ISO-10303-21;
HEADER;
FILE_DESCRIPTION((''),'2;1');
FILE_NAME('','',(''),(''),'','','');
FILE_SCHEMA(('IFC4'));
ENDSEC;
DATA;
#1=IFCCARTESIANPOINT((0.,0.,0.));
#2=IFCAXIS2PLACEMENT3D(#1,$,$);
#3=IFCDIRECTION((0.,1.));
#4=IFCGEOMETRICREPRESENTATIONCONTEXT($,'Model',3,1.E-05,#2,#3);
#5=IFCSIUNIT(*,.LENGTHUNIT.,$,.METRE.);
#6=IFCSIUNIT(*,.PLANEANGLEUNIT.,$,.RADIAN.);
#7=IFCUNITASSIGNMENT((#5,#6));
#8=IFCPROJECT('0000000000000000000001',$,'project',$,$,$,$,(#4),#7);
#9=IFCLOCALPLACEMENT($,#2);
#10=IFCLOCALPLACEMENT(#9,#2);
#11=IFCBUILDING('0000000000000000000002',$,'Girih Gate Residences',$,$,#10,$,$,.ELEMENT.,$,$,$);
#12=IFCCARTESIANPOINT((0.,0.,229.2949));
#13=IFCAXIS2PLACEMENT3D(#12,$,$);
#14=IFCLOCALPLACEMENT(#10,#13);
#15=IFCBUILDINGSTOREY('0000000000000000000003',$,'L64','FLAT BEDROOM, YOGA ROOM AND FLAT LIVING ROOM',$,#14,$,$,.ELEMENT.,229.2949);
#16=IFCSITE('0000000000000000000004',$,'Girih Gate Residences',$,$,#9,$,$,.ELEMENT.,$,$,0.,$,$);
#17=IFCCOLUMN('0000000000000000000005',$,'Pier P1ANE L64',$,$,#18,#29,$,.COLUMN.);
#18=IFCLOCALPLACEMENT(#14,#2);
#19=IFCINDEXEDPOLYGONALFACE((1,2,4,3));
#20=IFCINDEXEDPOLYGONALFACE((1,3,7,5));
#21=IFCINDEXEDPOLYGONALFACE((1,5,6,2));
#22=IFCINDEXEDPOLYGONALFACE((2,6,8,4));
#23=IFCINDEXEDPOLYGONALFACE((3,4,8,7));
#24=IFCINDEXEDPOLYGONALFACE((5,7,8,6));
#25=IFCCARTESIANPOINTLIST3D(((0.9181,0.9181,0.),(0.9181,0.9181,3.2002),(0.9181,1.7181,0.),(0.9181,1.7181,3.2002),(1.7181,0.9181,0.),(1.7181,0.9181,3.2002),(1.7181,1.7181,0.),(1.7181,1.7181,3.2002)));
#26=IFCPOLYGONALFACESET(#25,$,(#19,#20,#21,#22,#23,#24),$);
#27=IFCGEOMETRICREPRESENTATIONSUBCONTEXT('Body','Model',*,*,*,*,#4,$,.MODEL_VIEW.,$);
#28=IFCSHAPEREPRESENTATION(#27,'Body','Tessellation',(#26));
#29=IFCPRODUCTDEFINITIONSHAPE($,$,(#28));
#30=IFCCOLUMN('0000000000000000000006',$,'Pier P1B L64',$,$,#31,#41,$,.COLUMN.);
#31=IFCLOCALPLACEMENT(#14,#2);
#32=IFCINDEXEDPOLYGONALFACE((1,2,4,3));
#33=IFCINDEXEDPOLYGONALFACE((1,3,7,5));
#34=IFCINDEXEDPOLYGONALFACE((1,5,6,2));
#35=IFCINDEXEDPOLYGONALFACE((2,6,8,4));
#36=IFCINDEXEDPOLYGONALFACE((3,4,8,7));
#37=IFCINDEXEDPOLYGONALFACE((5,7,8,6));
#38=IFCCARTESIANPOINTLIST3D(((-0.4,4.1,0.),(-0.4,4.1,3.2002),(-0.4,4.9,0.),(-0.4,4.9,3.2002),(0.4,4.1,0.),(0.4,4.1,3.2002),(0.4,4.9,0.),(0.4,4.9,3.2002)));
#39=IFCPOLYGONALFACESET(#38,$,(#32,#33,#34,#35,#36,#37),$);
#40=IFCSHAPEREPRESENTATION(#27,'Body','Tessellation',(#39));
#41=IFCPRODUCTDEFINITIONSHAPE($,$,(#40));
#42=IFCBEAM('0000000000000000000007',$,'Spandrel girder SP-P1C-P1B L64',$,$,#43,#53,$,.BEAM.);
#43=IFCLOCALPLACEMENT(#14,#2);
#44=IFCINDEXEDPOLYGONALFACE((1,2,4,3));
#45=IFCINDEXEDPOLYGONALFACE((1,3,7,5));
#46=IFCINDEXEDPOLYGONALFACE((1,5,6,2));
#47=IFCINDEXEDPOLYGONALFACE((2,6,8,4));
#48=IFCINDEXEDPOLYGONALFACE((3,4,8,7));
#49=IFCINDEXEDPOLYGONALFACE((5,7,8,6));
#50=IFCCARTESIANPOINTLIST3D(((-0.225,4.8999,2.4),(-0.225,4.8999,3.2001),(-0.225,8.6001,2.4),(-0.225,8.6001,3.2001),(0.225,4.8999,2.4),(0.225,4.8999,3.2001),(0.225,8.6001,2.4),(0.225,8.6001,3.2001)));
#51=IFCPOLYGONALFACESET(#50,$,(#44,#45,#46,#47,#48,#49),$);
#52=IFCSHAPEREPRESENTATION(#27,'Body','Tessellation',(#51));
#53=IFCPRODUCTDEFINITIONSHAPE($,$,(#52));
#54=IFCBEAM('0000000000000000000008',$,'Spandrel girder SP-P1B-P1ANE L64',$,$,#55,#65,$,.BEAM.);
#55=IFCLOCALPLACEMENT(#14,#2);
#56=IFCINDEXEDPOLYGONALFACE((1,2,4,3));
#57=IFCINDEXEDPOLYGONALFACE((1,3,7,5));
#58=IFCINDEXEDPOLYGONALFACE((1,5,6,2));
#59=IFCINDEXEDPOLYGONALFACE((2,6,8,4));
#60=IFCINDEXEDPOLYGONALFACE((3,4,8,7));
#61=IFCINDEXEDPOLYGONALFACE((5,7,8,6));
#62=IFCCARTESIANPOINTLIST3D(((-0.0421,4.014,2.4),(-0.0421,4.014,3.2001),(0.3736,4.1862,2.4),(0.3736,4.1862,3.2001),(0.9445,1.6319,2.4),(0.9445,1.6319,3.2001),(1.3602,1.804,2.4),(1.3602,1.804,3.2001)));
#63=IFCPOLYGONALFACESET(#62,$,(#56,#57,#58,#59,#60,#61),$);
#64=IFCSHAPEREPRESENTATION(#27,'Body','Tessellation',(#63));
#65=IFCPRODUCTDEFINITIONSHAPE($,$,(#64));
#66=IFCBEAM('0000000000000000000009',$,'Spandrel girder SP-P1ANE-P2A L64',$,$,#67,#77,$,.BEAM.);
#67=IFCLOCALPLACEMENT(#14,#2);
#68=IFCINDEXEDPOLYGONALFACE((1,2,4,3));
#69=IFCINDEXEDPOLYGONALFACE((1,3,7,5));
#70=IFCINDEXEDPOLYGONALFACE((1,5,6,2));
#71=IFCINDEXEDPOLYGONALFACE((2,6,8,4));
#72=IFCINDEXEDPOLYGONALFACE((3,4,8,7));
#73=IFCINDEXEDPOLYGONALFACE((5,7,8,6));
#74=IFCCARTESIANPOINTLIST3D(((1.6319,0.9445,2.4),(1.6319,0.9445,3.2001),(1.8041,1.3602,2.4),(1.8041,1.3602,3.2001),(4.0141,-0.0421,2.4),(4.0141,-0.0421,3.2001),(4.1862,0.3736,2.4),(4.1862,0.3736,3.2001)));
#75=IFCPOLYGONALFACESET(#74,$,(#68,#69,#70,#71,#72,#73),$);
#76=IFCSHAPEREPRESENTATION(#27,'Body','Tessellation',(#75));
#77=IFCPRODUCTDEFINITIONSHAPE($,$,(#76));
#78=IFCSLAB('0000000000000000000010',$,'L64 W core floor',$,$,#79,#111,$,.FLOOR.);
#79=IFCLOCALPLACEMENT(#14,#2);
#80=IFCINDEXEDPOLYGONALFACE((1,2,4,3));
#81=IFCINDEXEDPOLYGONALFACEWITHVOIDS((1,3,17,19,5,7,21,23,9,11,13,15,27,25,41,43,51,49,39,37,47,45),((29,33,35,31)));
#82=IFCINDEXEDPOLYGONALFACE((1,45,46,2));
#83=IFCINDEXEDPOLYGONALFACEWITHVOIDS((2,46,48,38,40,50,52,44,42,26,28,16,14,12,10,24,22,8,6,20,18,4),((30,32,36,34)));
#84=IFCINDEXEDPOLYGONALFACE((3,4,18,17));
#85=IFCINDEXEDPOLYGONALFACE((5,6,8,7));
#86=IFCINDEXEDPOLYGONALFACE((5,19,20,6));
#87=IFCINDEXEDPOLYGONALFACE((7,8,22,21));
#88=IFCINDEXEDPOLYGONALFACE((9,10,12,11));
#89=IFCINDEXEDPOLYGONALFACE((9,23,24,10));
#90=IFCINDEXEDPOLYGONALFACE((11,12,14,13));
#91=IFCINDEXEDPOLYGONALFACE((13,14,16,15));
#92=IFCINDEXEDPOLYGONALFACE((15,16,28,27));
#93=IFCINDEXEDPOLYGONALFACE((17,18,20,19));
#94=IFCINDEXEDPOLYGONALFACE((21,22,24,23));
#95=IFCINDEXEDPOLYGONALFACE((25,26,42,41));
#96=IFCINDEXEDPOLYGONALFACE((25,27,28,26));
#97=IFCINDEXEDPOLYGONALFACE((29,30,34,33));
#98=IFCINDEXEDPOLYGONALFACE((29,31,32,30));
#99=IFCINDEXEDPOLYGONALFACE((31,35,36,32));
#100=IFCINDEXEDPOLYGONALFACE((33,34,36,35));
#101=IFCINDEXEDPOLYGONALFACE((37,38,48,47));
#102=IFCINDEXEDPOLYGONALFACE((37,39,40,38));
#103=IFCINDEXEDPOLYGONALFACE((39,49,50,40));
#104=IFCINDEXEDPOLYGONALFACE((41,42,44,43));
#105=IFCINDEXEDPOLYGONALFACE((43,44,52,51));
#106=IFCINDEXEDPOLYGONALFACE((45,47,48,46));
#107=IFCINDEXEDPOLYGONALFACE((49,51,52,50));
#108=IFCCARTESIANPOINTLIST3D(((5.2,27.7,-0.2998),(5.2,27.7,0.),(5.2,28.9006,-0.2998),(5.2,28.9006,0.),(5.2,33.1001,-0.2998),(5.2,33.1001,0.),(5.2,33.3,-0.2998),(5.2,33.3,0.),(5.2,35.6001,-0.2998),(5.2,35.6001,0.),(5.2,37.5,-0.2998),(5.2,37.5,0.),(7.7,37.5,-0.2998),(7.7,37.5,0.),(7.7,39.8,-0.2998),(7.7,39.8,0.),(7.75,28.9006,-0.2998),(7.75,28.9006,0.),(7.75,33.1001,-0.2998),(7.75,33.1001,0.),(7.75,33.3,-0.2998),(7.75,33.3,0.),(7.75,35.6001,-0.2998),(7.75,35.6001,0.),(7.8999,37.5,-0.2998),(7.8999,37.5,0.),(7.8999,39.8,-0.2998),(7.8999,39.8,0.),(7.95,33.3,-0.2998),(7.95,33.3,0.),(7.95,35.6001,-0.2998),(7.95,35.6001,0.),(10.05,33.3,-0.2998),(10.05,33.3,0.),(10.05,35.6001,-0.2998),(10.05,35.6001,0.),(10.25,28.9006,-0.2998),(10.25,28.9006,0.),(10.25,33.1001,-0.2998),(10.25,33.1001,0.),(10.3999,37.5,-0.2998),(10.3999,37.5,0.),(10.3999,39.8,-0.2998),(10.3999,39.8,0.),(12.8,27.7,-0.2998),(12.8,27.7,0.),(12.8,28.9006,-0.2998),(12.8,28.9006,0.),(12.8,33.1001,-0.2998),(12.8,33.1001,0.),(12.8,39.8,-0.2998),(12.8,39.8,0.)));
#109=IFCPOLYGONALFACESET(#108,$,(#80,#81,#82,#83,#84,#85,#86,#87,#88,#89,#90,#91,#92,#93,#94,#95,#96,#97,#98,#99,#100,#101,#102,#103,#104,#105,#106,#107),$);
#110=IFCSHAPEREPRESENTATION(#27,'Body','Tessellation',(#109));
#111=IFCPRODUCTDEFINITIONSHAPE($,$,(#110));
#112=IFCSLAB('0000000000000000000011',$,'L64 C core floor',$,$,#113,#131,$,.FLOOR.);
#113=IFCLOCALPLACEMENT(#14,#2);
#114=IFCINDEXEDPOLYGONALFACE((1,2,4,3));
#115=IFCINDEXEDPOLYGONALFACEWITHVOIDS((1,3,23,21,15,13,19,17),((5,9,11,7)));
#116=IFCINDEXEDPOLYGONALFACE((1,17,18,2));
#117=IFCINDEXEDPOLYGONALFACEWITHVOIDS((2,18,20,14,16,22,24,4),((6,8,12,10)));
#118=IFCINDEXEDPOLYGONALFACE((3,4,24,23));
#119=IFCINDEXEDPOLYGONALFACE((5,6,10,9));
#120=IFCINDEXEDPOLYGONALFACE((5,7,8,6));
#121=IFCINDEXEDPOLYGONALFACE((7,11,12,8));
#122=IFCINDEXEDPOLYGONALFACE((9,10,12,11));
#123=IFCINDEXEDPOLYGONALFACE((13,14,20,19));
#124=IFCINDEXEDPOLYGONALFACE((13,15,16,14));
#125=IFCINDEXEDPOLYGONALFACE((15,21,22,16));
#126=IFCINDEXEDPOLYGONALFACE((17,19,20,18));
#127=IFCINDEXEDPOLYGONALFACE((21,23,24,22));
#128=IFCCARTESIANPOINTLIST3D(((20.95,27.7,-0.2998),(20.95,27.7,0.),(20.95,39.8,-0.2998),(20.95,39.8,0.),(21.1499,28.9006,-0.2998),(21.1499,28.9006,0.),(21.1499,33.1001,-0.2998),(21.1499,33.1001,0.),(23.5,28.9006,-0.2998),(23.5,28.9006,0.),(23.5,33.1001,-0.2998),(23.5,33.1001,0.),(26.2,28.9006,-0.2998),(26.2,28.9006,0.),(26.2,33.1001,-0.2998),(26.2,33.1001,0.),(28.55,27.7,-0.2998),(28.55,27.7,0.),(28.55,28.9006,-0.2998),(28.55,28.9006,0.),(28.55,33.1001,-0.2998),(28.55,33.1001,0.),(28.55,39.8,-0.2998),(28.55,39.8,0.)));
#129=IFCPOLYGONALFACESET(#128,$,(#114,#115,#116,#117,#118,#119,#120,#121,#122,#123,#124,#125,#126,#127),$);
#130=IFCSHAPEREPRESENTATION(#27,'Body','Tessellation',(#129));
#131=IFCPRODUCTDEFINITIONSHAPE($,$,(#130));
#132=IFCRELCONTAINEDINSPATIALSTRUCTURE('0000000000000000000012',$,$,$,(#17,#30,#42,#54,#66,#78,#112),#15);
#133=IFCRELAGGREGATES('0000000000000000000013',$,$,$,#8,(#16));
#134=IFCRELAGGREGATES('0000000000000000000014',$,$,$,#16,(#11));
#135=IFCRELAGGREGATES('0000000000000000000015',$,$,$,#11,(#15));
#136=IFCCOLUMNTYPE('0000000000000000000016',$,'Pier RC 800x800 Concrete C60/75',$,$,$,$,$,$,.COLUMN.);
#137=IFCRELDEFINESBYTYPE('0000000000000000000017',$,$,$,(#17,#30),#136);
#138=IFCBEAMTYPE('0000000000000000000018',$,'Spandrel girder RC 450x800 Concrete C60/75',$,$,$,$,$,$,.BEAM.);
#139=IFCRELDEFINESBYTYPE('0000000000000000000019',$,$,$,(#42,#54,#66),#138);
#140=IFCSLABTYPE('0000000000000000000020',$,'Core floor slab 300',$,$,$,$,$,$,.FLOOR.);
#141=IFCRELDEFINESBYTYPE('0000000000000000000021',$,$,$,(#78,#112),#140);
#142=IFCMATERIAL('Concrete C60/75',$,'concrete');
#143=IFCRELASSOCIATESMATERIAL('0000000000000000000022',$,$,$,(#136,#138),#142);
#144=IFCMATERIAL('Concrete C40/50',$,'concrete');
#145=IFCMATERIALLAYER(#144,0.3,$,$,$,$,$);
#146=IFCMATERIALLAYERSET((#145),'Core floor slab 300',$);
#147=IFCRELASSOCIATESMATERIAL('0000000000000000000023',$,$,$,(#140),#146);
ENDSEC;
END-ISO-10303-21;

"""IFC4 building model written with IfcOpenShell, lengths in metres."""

from ifc_helpers import new_model, si_unit, direction, frame, origin, origin_2d, place, context, subcontext, project, spatial, polyline, rectangle, outline, extrude, material, layer, layer_set, material_profile, profile_set, type_object, element, save


model = new_model("IFC4")

# Units and contexts
model_context = context("Model", 3, precision=1e-05, world=origin(), true_north=direction((0.0, 1.0)))
body_context = subcontext(model_context, "Body", "Model", "MODEL_VIEW")
ifc_project = project(units=[si_unit("LENGTHUNIT", "METRE"), si_unit("PLANEANGLEUNIT", "RADIAN")], contexts=[model_context])

# Site, building, storey
site_placement = place(None, origin())
site = spatial("IfcSite", under=ifc_project, at=site_placement, Name="Girih Gate Residences", CompositionType="ELEMENT", RefElevation=0.0)
building_placement = place(site_placement, origin())
building = spatial("IfcBuilding", under=site, at=building_placement, Name="Girih Gate Residences", CompositionType="ELEMENT")
storey_placement = place(building_placement, frame((0.0, 0.0, 229.2949)))
storey = spatial("IfcBuildingStorey", under=building, at=storey_placement, Name="L64", Description="FLAT BEDROOM, YOGA ROOM AND FLAT LIVING ROOM", CompositionType="ELEMENT", Elevation=229.2949)

# Columns
ifc_material_1 = material(Name="Concrete C60/75", Category="concrete")
ifc_material_profile_1 = material_profile(ifc_material_1, rectangle(XDim=0.8, YDim=0.8, at=origin_2d()))
ifc_profile_set_1 = profile_set([ifc_material_profile_1], Name="Concrete C60/75")
column_type = type_object("IfcColumnType", Name="Pier RC 800x800 Concrete C60/75", PredefinedType="COLUMN", material=ifc_profile_set_1)
for number, where, z_axis, x_axis, name in (
    (1, (1.3181, 1.3181, 0.0), (0.0, 0.0, 1.0), (1.0, 0.0, 0.0), "Pier P1ANE L64"),
    (2, (0.0, 4.5, 0.0), (0.0, 0.0, 1.0), (1.0, 0.0, 0.0), "Pier P1B L64"),
):
    element("IfcColumn", number, at=place(storey_placement, frame(where, z_axis=z_axis, x_axis=x_axis)), inside=storey, type_object=column_type, Name=name, PredefinedType="COLUMN", context=body_context, shape_type="SweptSolid", body=[
        extrude(rectangle(XDim=0.8, YDim=0.8, at=origin_2d()), origin(), (0.0, 0.0, 1.0), 3.2002),
    ])

# Beams
ifc_material_profile_2 = material_profile(ifc_material_1, rectangle(XDim=0.45, YDim=0.8, at=origin_2d()))
ifc_profile_set_2 = profile_set([ifc_material_profile_2], Name="Concrete C60/75")
beam_type = type_object("IfcBeamType", Name="Spandrel girder RC 450x800 Concrete C60/75", PredefinedType="BEAM", material=ifc_profile_set_2)
beam_placement = place(storey_placement, frame((0.0, 8.6001, 2.8), z_axis=(0.0, -1.0, 0.0), x_axis=(1.0, 0.0, 0.0)))
element("IfcBeam", 3, at=beam_placement, inside=storey, type_object=beam_type, Name="Spandrel girder SP-P1C-P1B L64", PredefinedType="BEAM", context=body_context, shape_type="SweptSolid", body=[
    extrude(rectangle(XDim=0.45, YDim=0.8, at=origin_2d()), origin(), (0.0, 0.0, 1.0), 3.7002),
])
for number, where, z_axis, x_axis, name in (
    (4, (0.1658, 4.1001, 2.8), (0.382644, -0.923896, 0.0), (0.923896, 0.382644, 0.0), "Spandrel girder SP-P1B-P1ANE L64"),
    (5, (1.718, 1.1523, 2.8), (0.923896, -0.382644, 0.0), (0.382644, 0.923896, 0.0), "Spandrel girder SP-P1ANE-P2A L64"),
):
    element("IfcBeam", number, at=place(storey_placement, frame(where, z_axis=z_axis, x_axis=x_axis)), inside=storey, type_object=beam_type, Name=name, PredefinedType="BEAM", context=body_context, shape_type="SweptSolid", body=[
        extrude(rectangle(XDim=0.45, YDim=0.8, at=origin_2d()), origin(), (0.0, 0.0, 1.0), 2.5784),
    ])

# Slabs
ifc_material_2 = material(Name="Concrete C40/50", Category="concrete")
ifc_layer_1 = layer(ifc_material_2, 0.3)
ifc_layer_set_1 = layer_set([ifc_layer_1], Name="Core floor slab 300")
slab_type_1 = type_object("IfcSlabType", Name="Core floor slab 300", PredefinedType="FLOOR", material=ifc_layer_set_1)
slab_1_placement = place(storey_placement, frame((0.0, 0.0, -0.2998)))
element("IfcSlab", 6, at=slab_1_placement, inside=storey, type_object=slab_type_1, Name="L64 W core floor", PredefinedType="FLOOR", context=body_context, shape_type="SweptSolid", body=[
    extrude(outline(polyline([(12.8, 27.7), (5.2, 27.7), (5.2, 28.9006), (7.75, 28.9006), (7.75, 33.1001), (5.2, 33.1001), (5.2, 33.3), (7.75, 33.3), (7.75, 35.6001), (5.2, 35.6001), (5.2, 37.5), (7.7, 37.5), (7.7, 39.8), (7.8999, 39.8), (7.8999, 37.5), (10.3999, 37.5), (10.3999, 39.8), (12.8, 39.8), (12.8, 33.1001), (10.25, 33.1001), (10.25, 28.9006), (12.8, 28.9006), (12.8, 27.7)]), holes=[polyline([(7.95, 33.3), (10.05, 33.3), (10.05, 35.6001), (7.95, 35.6001), (7.95, 33.3)])]), origin(), (0.0, 0.0, 1.0), 0.2998),
])
slab_2_placement = place(storey_placement, frame((0.0, 0.0, -0.2998)))
element("IfcSlab", 7, at=slab_2_placement, inside=storey, type_object=slab_type_1, Name="L64 C core floor", PredefinedType="FLOOR", context=body_context, shape_type="SweptSolid", body=[
    extrude(outline(polyline([(28.55, 27.7), (20.95, 27.7), (20.95, 39.8), (28.55, 39.8), (28.55, 33.1001), (26.2, 33.1001), (26.2, 28.9006), (28.55, 28.9006), (28.55, 27.7)]), holes=[polyline([(23.5, 28.9006), (23.5, 33.1001), (21.1499, 33.1001), (21.1499, 28.9006), (23.5, 28.9006)])]), origin(), (0.0, 0.0, 1.0), 0.2998),
])

save(model, "model.ifc")
